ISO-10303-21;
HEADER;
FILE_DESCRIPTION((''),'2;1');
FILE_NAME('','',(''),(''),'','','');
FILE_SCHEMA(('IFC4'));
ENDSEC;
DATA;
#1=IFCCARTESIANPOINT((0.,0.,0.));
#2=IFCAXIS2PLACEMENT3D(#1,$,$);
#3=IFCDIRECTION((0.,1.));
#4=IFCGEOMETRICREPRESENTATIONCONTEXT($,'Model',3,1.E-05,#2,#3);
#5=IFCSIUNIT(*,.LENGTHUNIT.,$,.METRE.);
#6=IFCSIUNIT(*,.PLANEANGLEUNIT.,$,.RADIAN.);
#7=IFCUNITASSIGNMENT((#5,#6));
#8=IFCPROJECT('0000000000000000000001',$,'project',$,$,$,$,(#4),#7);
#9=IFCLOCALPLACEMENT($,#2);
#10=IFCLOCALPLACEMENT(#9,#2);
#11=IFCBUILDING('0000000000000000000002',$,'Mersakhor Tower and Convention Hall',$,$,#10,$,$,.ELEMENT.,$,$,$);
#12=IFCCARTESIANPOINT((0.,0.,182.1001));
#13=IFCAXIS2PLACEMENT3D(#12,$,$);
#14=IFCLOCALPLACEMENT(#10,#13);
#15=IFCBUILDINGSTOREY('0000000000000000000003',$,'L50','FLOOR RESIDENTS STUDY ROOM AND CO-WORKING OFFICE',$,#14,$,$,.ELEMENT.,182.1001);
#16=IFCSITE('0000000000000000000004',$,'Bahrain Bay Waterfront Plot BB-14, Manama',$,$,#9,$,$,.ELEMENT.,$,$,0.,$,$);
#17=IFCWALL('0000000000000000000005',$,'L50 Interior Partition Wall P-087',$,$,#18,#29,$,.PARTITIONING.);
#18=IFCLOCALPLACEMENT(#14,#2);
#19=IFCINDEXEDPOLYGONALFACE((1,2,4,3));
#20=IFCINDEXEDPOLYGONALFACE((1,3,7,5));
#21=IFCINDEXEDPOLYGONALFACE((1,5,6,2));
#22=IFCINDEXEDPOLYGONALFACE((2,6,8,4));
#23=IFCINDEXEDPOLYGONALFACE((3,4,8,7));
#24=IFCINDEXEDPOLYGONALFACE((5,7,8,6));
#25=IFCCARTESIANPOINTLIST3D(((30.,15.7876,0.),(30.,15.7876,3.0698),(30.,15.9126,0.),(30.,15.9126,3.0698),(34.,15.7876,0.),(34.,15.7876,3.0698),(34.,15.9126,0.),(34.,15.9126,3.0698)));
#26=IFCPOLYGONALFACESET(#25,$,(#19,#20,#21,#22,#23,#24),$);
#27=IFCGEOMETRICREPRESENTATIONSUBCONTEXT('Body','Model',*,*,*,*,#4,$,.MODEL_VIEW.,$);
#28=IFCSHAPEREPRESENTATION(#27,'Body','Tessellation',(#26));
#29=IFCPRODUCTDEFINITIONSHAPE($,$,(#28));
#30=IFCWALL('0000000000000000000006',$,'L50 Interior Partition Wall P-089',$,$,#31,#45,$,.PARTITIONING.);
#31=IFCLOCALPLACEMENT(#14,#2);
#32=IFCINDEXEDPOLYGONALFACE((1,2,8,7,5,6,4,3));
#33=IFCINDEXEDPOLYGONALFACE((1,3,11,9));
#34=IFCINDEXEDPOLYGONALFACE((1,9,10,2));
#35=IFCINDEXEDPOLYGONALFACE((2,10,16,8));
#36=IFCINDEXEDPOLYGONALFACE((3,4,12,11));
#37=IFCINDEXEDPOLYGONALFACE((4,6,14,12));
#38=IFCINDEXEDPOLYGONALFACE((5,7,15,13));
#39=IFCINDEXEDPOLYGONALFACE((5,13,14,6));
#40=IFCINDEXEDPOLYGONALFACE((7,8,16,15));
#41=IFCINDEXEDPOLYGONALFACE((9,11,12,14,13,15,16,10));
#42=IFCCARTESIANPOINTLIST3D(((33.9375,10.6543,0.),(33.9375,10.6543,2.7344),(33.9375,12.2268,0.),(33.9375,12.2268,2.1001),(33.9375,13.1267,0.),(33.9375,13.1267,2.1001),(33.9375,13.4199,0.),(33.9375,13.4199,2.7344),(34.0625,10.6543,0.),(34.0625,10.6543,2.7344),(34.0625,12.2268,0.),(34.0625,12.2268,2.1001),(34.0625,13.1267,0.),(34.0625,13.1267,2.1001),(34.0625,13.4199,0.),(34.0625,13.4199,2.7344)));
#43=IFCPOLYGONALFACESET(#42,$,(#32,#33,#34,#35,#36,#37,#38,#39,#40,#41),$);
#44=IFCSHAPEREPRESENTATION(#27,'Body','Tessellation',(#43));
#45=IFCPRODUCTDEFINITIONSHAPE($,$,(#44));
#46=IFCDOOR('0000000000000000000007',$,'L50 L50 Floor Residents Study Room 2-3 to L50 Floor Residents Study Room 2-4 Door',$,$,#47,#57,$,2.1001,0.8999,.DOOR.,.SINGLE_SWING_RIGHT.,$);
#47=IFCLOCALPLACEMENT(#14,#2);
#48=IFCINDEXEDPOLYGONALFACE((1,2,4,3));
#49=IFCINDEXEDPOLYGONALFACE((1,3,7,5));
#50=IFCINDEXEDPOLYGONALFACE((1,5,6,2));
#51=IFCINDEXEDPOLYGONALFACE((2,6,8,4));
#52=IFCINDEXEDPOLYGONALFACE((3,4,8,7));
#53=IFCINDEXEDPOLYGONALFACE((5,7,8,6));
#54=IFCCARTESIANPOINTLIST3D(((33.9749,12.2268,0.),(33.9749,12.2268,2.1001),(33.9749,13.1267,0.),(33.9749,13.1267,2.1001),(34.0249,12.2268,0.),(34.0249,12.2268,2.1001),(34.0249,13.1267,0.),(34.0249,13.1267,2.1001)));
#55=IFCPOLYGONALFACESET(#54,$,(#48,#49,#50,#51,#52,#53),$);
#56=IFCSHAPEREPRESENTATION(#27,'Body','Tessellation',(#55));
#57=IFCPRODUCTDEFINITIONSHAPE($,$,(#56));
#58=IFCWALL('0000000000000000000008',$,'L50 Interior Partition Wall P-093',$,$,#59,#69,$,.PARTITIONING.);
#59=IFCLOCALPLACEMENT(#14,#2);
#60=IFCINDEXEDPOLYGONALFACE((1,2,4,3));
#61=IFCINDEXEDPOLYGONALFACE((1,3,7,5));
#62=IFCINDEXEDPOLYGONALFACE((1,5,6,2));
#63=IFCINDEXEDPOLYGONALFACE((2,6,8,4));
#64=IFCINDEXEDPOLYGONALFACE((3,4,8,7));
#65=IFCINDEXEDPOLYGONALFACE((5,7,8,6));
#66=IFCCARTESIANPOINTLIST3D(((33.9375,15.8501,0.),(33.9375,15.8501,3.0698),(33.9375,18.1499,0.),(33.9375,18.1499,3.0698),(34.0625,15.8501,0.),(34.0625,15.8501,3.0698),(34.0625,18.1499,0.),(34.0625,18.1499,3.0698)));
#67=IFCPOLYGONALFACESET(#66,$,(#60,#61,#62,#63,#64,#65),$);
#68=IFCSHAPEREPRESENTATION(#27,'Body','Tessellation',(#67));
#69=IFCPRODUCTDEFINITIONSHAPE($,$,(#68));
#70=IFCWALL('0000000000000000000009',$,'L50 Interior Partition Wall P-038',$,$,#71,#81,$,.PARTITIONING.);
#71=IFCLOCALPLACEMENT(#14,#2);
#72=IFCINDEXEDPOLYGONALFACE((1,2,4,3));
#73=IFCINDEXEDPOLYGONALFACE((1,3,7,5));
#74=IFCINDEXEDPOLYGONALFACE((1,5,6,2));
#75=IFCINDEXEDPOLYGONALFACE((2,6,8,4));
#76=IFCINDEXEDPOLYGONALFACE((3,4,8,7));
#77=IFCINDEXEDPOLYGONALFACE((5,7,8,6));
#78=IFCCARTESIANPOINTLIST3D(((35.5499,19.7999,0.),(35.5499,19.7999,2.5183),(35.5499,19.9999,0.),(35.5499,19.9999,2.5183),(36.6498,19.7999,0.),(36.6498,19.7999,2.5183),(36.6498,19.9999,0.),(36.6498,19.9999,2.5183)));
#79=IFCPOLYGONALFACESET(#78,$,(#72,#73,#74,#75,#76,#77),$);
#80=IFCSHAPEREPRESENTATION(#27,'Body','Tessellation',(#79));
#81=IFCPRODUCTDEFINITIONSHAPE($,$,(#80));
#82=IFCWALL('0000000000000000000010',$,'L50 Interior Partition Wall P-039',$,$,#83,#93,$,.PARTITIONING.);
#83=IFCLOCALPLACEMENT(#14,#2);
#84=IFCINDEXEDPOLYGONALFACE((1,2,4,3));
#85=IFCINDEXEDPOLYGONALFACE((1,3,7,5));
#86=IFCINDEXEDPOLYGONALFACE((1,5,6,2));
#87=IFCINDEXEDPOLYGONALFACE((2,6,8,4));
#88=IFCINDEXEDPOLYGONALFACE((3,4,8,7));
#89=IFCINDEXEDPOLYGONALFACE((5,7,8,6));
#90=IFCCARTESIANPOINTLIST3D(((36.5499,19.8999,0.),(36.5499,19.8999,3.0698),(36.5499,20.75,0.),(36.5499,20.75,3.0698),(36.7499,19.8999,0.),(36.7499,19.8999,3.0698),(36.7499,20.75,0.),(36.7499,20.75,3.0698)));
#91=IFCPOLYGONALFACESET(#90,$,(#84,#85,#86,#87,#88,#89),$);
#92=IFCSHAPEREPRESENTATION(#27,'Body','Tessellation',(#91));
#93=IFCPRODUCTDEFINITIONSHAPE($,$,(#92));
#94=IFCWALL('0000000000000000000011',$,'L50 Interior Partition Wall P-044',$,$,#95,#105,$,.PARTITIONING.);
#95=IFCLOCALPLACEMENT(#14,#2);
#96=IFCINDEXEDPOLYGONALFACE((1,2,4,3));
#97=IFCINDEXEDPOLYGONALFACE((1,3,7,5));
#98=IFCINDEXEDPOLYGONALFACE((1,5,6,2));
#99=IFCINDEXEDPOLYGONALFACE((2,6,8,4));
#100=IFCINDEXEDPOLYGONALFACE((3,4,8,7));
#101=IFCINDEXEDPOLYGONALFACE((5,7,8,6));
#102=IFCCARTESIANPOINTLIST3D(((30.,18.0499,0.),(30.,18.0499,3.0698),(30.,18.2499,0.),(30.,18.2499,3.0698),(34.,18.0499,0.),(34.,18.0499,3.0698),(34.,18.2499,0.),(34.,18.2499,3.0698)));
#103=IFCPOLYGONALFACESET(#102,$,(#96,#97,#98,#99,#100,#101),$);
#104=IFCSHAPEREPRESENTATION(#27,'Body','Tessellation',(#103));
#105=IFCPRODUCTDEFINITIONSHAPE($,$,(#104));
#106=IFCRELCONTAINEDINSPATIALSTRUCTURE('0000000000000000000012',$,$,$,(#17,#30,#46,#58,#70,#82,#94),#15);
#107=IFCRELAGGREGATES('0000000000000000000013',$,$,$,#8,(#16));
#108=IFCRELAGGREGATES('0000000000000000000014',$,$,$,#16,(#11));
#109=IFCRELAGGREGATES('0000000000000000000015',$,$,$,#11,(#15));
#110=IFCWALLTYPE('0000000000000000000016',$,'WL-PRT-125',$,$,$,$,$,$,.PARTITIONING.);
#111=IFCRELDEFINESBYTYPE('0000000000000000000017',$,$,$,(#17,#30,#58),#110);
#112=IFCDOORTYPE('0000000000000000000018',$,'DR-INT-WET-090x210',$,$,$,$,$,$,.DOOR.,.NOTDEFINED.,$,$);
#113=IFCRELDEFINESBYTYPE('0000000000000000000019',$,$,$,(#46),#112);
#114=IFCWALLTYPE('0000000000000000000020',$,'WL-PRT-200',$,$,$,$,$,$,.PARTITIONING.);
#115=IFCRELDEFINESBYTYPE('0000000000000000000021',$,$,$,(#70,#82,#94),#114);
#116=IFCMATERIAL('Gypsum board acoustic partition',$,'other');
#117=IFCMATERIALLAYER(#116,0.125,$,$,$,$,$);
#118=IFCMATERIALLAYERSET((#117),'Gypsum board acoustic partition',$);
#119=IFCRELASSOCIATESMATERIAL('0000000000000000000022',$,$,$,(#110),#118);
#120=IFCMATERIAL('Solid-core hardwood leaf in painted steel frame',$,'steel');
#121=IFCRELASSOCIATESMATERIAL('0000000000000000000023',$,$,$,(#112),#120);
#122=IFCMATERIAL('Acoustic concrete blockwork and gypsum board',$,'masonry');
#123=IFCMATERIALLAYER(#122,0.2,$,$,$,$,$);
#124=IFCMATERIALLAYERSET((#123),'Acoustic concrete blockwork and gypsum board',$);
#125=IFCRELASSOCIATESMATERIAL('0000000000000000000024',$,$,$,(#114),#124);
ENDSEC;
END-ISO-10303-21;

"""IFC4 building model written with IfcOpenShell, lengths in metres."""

from ifc_helpers import new_model, si_unit, direction, frame, frame_2d, origin, place, context, subcontext, project, spatial, rectangle, extrude, material, layer, layer_set, type_object, element, fill, save


model = new_model("IFC4")

# Units and contexts
model_context = context("Model", 3, precision=1e-05, world=origin(), true_north=direction((0.0, 1.0)))
body_context = subcontext(model_context, "Body", "Model", "MODEL_VIEW")
ifc_project = project(units=[si_unit("LENGTHUNIT", "METRE"), si_unit("PLANEANGLEUNIT", "RADIAN")], contexts=[model_context])

# Site, building, storey
site_placement = place(None, origin())
site = spatial("IfcSite", under=ifc_project, at=site_placement, Name="Bahrain Bay Waterfront Plot BB-14, Manama", CompositionType="ELEMENT", RefElevation=0.0)
building_placement = place(site_placement, origin())
building = spatial("IfcBuilding", under=site, at=building_placement, Name="Mersakhor Tower and Convention Hall", CompositionType="ELEMENT")
storey_placement = place(building_placement, frame((0.0, 0.0, 182.1001)))
storey = spatial("IfcBuildingStorey", under=building, at=storey_placement, Name="L50", Description="FLOOR RESIDENTS STUDY ROOM AND CO-WORKING OFFICE", CompositionType="ELEMENT", Elevation=182.1001)

# Shared definitions
ifc_material_1 = material(Name="Gypsum board acoustic partition", Category="other")
ifc_layer_1 = layer(ifc_material_1, 0.125)
ifc_layer_set_1 = layer_set([ifc_layer_1], Name="Gypsum board acoustic partition")
wall_type_1 = type_object("IfcWallType", Name="WL-PRT-125", PredefinedType="PARTITIONING", material=ifc_layer_set_1)
ifc_material_2 = material(Name="Solid-core hardwood leaf in painted steel frame", Category="steel")
door_type_1 = type_object("IfcDoorType", Name="DR-INT-WET-090x210", OperationType="NOTDEFINED", PredefinedType="DOOR", material=ifc_material_2)

# Wall
wall_1_placement = place(storey_placement, frame((30.0, 15.8501, 0.0), z_axis=(0.0, 0.0, 1.0), x_axis=(1.0, 0.0, 0.0)))
element("IfcWall", 1, at=wall_1_placement, inside=storey, type_object=wall_type_1, Name="L50 Interior Partition Wall P-087", PredefinedType="PARTITIONING", context=body_context, shape_type="SweptSolid", body=[
    extrude(rectangle(XDim=4.0, YDim=0.125, at=frame_2d((2.0, 0.0))), origin(), (0.0, 0.0, 1.0), 3.0698),
])

# Wall, opening, door
wall_2_placement = place(storey_placement, frame((34.0, 13.4199, 0.0), z_axis=(0.0, 0.0, 1.0), x_axis=(0.0, -1.0, 0.0)))
wall_2 = element("IfcWall", 2, at=wall_2_placement, inside=storey, type_object=wall_type_1, Name="L50 Interior Partition Wall P-089", PredefinedType="PARTITIONING", context=body_context, shape_type="SweptSolid", body=[
    extrude(rectangle(XDim=2.7656, YDim=0.125, at=frame_2d((1.3828, 0.0))), origin(), (0.0, 0.0, 1.0), 2.7344),
])
opening_1_placement = place(wall_2_placement, frame((0.2932, 0.0, 0.0)))
opening_1 = element("IfcOpeningElement", 3, at=opening_1_placement, cuts=wall_2, PredefinedType="OPENING", context=body_context, shape_type="SweptSolid", body=[
    extrude(rectangle(XDim=0.8999, YDim=2.1001, at=frame_2d((0.45, 1.05))), frame((0.0, 0.0725, 0.0), z_axis=(0.0, -1.0, 0.0), x_axis=(1.0, 0.0, 0.0)), (0.0, 0.0, 1.0), 0.145),
])
door_1_placement = place(opening_1_placement, origin())
door_1 = element("IfcDoor", 4, at=door_1_placement, inside=storey, type_object=door_type_1, Name="L50 L50 Floor Residents Study Room 2-3 to L50 Floor Residents Study Room 2-4 Door", OperationType="SINGLE_SWING_RIGHT", OverallHeight=2.1001, OverallWidth=0.8999, PredefinedType="DOOR", context=body_context, shape_type="SweptSolid", body=[
    extrude(rectangle(XDim=0.8999, YDim=2.1001, at=frame_2d((0.45, 1.05))), frame((0.0, 0.0249, 0.0), z_axis=(0.0, -1.0, 0.0), x_axis=(1.0, 0.0, 0.0)), (0.0, 0.0, 1.0), 0.05),
])
fill(opening_1, door_1)

# Walls
wall_3_placement = place(storey_placement, frame((34.0, 15.8501, 0.0), z_axis=(0.0, 0.0, 1.0), x_axis=(0.0, 1.0, 0.0)))
element("IfcWall", 5, at=wall_3_placement, inside=storey, type_object=wall_type_1, Name="L50 Interior Partition Wall P-093", PredefinedType="PARTITIONING", context=body_context, shape_type="SweptSolid", body=[
    extrude(rectangle(XDim=2.2998, YDim=0.125, at=frame_2d((1.1499, 0.0))), origin(), (0.0, 0.0, 1.0), 3.0698),
])
ifc_material_3 = material(Name="Acoustic concrete blockwork and gypsum board", Category="masonry")
ifc_layer_2 = layer(ifc_material_3, 0.2)
ifc_layer_set_2 = layer_set([ifc_layer_2], Name="Acoustic concrete blockwork and gypsum board")
wall_type_2 = type_object("IfcWallType", Name="WL-PRT-200", PredefinedType="PARTITIONING", material=ifc_layer_set_2)
wall_4_placement = place(storey_placement, frame((35.55, 19.8999, 0.0), z_axis=(0.0, 0.0, 1.0), x_axis=(1.0, 0.0, 0.0)))
element("IfcWall", 6, at=wall_4_placement, inside=storey, type_object=wall_type_2, Name="L50 Interior Partition Wall P-038", PredefinedType="PARTITIONING", context=body_context, shape_type="SweptSolid", body=[
    extrude(rectangle(XDim=1.0999, YDim=0.2, at=frame_2d((0.5498, 0.0))), origin(), (0.0, 0.0, 1.0), 2.5183),
])
wall_5_placement = place(storey_placement, frame((36.6499, 19.8999, 0.0), z_axis=(0.0, 0.0, 1.0), x_axis=(0.0, 1.0, 0.0)))
element("IfcWall", 7, at=wall_5_placement, inside=storey, type_object=wall_type_2, Name="L50 Interior Partition Wall P-039", PredefinedType="PARTITIONING", context=body_context, shape_type="SweptSolid", body=[
    extrude(rectangle(XDim=0.8501, YDim=0.2, at=frame_2d((0.425, 0.0))), origin(), (0.0, 0.0, 1.0), 3.0698),
])
wall_6_placement = place(storey_placement, frame((34.0, 18.1499, 0.0), z_axis=(0.0, 0.0, 1.0), x_axis=(-1.0, 0.0, 0.0)))
element("IfcWall", 8, at=wall_6_placement, inside=storey, type_object=wall_type_2, Name="L50 Interior Partition Wall P-044", PredefinedType="PARTITIONING", context=body_context, shape_type="SweptSolid", body=[
    extrude(rectangle(XDim=4.0, YDim=0.2, at=frame_2d((2.0, 0.0))), origin(), (0.0, 0.0, 1.0), 3.0698),
])

save(model, "model.ifc")
